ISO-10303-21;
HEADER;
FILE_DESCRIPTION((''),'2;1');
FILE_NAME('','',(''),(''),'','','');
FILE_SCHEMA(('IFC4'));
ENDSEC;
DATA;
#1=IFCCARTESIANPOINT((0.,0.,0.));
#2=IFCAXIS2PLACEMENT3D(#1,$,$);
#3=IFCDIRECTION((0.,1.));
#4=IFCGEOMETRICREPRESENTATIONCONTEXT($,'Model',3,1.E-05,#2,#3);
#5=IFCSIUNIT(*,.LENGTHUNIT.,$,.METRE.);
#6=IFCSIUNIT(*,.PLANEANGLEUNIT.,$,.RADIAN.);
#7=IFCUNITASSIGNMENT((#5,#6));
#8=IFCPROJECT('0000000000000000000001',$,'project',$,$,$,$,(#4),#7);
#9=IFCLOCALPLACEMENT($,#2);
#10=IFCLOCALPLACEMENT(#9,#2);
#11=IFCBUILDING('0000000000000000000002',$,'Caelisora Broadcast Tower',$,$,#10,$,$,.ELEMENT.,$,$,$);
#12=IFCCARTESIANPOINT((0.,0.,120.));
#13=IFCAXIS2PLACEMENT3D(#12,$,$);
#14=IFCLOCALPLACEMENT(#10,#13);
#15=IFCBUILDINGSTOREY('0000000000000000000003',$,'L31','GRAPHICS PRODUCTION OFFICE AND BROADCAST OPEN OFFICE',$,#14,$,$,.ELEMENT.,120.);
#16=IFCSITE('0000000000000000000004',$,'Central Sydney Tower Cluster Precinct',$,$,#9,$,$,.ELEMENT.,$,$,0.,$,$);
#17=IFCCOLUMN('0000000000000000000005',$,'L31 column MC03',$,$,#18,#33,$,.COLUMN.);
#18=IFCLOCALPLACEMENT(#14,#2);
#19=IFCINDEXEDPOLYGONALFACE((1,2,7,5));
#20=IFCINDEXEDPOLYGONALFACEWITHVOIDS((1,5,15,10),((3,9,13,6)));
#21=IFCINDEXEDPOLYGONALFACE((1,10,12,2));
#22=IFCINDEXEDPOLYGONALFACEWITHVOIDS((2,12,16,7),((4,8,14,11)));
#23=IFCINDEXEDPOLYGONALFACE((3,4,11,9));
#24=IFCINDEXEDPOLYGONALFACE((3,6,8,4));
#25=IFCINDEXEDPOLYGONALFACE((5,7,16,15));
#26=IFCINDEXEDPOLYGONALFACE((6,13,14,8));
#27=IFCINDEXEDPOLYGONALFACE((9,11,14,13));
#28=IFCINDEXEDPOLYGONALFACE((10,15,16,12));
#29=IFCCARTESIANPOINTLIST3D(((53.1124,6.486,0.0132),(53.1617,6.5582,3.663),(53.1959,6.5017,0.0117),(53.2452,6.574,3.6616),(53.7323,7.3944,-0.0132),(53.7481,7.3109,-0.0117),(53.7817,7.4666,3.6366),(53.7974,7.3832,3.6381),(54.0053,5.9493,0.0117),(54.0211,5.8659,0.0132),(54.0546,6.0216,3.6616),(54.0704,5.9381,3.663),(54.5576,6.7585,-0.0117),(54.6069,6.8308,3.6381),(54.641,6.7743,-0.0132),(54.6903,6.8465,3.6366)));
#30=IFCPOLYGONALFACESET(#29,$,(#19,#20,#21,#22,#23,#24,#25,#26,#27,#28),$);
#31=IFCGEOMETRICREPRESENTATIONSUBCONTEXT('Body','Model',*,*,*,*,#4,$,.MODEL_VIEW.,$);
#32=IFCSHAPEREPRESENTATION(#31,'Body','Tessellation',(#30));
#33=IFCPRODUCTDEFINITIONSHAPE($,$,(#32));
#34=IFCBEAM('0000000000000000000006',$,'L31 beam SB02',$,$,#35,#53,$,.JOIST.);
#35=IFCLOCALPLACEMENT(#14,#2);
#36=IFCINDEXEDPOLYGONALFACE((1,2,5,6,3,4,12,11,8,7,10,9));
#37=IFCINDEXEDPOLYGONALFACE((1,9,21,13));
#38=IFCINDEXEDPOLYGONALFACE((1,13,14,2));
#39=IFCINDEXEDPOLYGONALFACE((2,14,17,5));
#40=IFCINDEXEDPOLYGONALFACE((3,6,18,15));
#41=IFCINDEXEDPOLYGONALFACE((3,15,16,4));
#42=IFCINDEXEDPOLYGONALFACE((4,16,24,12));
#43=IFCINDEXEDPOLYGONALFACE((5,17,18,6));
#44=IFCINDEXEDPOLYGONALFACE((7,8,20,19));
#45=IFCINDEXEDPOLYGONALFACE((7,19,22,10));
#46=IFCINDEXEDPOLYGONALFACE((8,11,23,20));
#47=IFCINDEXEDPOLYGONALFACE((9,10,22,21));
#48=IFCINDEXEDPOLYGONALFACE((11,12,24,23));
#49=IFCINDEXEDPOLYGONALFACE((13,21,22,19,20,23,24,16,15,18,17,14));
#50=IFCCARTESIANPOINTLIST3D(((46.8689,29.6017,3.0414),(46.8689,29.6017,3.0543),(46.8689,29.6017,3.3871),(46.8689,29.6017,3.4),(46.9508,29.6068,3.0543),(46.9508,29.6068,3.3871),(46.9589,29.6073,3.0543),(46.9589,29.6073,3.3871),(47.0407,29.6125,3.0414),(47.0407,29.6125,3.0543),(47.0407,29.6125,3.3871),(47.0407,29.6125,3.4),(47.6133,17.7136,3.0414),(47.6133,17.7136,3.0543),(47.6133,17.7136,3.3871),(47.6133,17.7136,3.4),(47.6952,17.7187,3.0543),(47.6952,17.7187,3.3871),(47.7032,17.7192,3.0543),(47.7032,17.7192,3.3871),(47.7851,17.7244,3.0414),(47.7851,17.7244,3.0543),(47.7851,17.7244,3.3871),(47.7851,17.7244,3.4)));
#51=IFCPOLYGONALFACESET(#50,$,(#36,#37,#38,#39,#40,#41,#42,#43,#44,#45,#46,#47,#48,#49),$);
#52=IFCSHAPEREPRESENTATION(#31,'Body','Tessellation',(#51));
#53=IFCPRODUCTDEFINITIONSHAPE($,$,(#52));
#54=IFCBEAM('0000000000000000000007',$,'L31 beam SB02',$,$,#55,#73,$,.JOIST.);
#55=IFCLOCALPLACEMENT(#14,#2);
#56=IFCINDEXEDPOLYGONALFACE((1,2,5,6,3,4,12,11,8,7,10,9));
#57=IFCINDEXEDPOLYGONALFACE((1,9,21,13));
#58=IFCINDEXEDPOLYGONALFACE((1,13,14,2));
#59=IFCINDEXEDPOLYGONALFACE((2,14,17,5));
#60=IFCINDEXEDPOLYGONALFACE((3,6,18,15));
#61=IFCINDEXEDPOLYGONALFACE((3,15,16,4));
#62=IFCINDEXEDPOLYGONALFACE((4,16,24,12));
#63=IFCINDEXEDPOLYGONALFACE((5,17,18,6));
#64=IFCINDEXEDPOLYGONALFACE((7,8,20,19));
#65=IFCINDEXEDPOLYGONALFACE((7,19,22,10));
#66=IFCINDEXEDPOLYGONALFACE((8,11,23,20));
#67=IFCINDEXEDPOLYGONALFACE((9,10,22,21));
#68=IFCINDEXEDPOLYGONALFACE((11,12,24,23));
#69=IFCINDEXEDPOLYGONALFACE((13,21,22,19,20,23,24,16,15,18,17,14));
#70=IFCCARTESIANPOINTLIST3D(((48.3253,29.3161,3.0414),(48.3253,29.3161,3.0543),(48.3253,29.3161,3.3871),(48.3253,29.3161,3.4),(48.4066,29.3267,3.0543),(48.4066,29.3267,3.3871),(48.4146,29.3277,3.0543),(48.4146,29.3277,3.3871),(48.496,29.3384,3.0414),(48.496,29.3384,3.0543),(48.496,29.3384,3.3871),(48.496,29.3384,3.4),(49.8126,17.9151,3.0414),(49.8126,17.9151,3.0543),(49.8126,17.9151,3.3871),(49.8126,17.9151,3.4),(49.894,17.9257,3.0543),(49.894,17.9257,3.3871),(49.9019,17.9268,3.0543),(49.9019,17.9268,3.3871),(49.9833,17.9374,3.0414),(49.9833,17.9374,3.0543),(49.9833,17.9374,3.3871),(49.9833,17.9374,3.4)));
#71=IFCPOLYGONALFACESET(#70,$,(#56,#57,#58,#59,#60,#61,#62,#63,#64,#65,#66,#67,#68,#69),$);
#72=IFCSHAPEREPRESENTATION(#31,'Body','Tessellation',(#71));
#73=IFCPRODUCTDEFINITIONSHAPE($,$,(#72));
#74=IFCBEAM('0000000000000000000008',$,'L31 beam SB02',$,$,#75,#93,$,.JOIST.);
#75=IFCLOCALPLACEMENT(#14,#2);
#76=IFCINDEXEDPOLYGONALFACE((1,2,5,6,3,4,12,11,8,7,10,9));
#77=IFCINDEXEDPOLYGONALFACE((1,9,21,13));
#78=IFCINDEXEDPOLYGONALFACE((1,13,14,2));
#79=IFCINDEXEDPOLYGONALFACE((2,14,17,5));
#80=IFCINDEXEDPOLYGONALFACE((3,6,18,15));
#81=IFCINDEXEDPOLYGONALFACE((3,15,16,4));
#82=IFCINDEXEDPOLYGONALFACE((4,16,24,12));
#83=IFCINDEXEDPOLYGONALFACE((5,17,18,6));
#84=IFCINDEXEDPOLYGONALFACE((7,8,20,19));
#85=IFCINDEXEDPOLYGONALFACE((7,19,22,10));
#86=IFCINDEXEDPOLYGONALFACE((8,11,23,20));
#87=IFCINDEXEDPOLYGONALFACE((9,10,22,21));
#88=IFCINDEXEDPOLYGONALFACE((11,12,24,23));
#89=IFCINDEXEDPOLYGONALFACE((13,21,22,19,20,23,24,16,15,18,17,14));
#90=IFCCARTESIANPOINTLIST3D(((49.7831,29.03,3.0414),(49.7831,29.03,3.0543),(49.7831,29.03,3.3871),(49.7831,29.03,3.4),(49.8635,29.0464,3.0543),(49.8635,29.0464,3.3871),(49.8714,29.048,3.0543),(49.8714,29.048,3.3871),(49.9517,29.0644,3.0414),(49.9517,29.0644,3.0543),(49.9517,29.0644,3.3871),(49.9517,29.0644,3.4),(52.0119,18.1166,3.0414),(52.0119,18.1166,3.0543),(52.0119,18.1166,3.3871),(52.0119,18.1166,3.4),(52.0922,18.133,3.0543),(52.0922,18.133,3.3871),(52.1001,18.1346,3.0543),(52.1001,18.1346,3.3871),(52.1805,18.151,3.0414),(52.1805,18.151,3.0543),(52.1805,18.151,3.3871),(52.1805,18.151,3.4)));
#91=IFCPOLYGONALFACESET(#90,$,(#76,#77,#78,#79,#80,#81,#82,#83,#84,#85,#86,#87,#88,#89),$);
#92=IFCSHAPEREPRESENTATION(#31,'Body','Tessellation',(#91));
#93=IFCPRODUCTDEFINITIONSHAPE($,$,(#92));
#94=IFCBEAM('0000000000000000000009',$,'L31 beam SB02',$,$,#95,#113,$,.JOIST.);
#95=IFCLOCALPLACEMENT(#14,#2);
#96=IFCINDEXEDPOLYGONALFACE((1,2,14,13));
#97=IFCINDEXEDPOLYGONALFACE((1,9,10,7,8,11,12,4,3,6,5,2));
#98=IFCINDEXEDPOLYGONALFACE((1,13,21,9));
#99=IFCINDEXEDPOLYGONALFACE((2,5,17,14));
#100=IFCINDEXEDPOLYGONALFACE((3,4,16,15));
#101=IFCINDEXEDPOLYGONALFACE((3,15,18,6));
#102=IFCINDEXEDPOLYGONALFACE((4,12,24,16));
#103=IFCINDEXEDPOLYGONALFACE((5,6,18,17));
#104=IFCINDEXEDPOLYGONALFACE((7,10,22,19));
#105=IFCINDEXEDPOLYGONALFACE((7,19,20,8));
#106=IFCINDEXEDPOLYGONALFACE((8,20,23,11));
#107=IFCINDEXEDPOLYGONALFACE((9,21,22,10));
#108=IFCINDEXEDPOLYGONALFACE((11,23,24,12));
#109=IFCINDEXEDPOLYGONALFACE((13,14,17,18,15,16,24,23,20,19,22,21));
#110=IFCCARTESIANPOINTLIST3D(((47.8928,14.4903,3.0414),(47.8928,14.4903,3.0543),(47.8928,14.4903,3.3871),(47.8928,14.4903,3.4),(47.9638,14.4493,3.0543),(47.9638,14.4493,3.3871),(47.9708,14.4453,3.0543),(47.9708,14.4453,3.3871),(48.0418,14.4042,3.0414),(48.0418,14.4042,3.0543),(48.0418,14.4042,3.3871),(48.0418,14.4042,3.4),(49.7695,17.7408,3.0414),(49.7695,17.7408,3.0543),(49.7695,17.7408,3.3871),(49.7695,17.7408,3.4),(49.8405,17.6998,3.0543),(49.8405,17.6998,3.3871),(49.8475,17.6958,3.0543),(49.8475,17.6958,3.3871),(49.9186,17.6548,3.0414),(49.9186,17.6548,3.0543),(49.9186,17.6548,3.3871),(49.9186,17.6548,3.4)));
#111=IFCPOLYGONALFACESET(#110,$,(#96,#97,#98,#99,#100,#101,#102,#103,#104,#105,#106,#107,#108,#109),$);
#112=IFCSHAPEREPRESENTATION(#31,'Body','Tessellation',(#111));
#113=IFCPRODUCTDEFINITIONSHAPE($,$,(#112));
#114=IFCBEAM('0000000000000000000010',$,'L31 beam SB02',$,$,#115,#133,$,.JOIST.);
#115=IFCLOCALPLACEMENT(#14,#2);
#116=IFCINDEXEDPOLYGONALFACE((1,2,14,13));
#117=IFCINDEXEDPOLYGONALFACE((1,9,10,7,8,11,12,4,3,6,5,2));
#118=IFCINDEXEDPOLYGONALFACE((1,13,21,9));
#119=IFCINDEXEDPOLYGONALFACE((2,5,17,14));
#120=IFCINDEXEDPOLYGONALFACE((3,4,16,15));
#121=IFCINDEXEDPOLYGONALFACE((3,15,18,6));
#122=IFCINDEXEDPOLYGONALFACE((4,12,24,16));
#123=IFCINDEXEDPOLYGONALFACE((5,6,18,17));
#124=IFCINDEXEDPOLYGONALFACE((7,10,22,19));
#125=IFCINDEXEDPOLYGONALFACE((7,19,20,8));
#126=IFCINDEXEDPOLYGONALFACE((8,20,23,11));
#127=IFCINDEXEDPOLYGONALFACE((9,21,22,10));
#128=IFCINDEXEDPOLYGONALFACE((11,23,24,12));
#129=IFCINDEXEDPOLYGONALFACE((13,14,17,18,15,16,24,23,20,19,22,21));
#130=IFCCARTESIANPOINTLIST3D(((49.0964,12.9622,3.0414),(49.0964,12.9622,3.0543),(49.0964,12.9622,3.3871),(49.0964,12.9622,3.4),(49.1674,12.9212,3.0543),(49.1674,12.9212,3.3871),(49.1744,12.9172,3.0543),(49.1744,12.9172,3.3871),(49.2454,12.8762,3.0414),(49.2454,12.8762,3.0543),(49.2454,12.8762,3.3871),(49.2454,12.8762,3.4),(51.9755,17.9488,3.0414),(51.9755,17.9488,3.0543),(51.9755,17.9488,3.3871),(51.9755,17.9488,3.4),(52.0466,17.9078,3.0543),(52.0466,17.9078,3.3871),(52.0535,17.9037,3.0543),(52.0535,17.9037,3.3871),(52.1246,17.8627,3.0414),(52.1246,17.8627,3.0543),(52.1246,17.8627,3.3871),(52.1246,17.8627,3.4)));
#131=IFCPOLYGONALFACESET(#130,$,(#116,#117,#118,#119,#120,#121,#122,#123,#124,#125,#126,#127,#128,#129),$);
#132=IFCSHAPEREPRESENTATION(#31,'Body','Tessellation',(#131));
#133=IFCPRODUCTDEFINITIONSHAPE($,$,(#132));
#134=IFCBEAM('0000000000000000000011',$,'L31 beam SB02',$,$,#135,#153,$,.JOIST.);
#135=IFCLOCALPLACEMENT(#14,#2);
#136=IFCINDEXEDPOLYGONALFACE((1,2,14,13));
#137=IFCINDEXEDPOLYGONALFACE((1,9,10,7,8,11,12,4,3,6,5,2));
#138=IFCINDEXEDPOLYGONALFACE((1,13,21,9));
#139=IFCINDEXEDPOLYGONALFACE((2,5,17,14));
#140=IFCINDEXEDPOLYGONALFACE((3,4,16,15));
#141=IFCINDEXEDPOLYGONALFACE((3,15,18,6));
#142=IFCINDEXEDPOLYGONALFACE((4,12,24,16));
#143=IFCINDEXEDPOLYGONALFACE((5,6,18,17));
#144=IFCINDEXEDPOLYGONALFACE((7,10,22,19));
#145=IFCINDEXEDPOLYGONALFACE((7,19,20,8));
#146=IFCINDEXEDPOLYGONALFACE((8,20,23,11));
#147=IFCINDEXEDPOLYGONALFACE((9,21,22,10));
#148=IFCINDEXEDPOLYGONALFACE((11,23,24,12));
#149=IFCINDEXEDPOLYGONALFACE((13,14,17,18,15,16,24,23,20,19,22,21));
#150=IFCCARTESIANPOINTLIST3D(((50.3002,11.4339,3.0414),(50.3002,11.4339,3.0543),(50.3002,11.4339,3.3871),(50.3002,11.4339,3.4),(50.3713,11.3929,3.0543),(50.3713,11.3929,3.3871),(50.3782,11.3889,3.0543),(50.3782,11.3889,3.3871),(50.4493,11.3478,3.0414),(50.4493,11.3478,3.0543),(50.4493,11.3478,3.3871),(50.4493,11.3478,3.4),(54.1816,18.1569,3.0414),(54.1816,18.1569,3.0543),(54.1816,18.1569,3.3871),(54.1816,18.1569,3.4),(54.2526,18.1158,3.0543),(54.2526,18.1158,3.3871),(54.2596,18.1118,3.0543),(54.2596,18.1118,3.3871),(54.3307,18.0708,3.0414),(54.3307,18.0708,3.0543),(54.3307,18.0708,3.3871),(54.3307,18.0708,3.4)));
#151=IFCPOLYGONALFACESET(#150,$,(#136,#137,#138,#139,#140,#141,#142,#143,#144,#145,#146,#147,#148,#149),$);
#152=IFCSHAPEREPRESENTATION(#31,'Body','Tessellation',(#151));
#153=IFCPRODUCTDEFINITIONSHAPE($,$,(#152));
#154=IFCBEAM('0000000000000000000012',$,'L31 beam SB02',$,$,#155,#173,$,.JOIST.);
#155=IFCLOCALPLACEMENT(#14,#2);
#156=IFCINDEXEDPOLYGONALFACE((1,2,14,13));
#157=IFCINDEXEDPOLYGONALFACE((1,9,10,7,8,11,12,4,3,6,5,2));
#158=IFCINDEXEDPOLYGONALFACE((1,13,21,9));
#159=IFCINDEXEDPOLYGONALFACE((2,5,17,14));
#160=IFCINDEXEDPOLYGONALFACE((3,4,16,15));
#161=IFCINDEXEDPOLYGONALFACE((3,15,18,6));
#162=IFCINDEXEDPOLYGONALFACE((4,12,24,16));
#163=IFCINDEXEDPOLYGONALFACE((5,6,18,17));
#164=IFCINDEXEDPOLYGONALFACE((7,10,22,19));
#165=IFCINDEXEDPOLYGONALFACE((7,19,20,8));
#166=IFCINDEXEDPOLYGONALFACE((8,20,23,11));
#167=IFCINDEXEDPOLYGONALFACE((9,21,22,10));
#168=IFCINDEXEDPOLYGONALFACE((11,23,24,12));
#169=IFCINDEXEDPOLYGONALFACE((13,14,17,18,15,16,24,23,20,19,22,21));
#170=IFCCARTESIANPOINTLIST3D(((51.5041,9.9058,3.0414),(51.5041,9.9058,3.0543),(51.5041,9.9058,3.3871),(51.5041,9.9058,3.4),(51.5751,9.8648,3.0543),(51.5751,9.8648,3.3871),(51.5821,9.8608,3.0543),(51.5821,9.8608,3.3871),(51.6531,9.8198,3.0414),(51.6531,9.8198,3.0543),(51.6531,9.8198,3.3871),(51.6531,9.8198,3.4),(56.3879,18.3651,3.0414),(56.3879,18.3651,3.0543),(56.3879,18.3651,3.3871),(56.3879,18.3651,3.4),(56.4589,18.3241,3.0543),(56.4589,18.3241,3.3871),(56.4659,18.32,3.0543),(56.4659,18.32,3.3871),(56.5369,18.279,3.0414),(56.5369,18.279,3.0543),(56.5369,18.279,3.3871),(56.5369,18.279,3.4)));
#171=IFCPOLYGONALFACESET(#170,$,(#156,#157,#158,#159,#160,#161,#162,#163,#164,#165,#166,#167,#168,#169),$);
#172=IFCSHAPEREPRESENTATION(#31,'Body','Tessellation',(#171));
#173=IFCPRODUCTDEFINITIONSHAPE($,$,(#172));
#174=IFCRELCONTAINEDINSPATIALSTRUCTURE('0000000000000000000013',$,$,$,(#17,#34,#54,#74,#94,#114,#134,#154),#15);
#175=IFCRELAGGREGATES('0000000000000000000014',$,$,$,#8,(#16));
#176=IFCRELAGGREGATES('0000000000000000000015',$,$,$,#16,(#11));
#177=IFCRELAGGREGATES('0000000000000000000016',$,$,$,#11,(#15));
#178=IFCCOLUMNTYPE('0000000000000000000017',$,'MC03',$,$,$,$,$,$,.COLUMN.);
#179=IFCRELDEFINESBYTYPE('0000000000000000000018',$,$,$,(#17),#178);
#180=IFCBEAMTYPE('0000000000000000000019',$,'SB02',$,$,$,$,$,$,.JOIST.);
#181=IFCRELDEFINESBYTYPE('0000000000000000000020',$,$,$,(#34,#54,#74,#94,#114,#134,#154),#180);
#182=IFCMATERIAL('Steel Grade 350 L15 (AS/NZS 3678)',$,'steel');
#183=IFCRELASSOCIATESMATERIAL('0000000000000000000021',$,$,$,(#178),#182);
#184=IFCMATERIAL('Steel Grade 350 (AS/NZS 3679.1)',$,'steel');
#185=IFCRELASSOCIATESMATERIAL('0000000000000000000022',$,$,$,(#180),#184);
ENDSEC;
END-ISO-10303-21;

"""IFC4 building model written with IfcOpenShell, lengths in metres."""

from ifc_helpers import new_model, si_unit, direction, frame, origin, origin_2d, place, context, subcontext, project, spatial, hollow_rectangle, i_section, extrude, source, transform, mapped, material, material_profile, profile_set, type_object, type_shapes, element, save


model = new_model("IFC4")

# Units and contexts
model_context = context("Model", 3, precision=1e-05, world=origin(), true_north=direction((0.0, 1.0)))
body_context = subcontext(model_context, "Body", "Model", "MODEL_VIEW")
ifc_project = project(units=[si_unit("LENGTHUNIT", "METRE"), si_unit("PLANEANGLEUNIT", "RADIAN")], contexts=[model_context])

# Site, building, storey
site_placement = place(None, origin())
site = spatial("IfcSite", under=ifc_project, at=site_placement, Name="Central Sydney Tower Cluster Precinct", CompositionType="ELEMENT", RefElevation=0.0)
building_placement = place(site_placement, origin())
building = spatial("IfcBuilding", under=site, at=building_placement, Name="Caelisora Broadcast Tower", CompositionType="ELEMENT")
storey_placement = place(building_placement, frame((0.0, 0.0, 120.0)))
storey = spatial("IfcBuildingStorey", under=building, at=storey_placement, Name="L31", Description="GRAPHICS PRODUCTION OFFICE AND BROADCAST OPEN OFFICE", CompositionType="ELEMENT", Elevation=120.0)

# Column
ifc_material_1 = material(Name="Steel Grade 350 L15 (AS/NZS 3678)", Category="steel")
ifc_material_profile_1 = material_profile(ifc_material_1, hollow_rectangle(XDim=1.1001, YDim=1.1001, WallThickness=0.0601, at=origin_2d()), Name="Steel Grade 350 L15 (AS/NZS 3678)")
ifc_profile_set_1 = profile_set([ifc_material_profile_1], Name="Steel Grade 350 L15 (AS/NZS 3678)")
column_type = type_object("IfcColumnType", Name="MC03", PredefinedType="COLUMN", material=ifc_profile_set_1)
shared_shape_1 = source(origin(), body_context, "Body", "SweptSolid", [
    extrude(hollow_rectangle(XDim=1.1001, YDim=1.1001, WallThickness=0.0601, at=origin_2d()), origin(), (0.0, 0.0, 1.0), 3.6509),
])
type_shapes(column_type, [shared_shape_1])
column_placement = place(storey_placement, frame((53.8767, 6.6301, 0.0), z_axis=(0.013508, 0.019794, 0.999713), x_axis=(-0.825991, 0.563683, 0.0)))
element("IfcColumn", 1, at=column_placement, inside=storey, type_object=column_type, Name="L31 column MC03", PredefinedType="COLUMN", context=body_context, shape_type="MappedRepresentation", body=[
    mapped(shared_shape_1, transform((0.0, 0.0, 0.0), scale=1.0)),
])

# Beams
ifc_material_2 = material(Name="Steel Grade 350 (AS/NZS 3679.1)", Category="steel")
ifc_material_profile_2 = material_profile(ifc_material_2, i_section(OverallWidth=0.1721, OverallDepth=0.3586, WebThickness=0.0081, FlangeThickness=0.0129, at=origin_2d()), Name="Steel Grade 350 (AS/NZS 3679.1)")
ifc_profile_set_2 = profile_set([ifc_material_profile_2], Name="Steel Grade 350 (AS/NZS 3679.1)")
beam_type = type_object("IfcBeamType", Name="SB02", PredefinedType="JOIST", material=ifc_profile_set_2)
shared_shape_2 = source(origin(), body_context, "Body", "SweptSolid", [
    extrude(i_section(OverallWidth=0.1721, OverallDepth=0.3586, WebThickness=0.0081, FlangeThickness=0.0129, at=origin_2d()), origin(), (0.0, 0.0, 1.0), 11.9114),
])
beam_1_placement = place(storey_placement, frame((47.6992, 17.719, 3.2207), z_axis=(-0.062493, 0.998045, 0.0), x_axis=(-0.998045, -0.062493, 0.0)))
element("IfcBeam", 2, at=beam_1_placement, inside=storey, type_object=beam_type, Name="L31 beam SB02", PredefinedType="JOIST", context=body_context, shape_type="MappedRepresentation", body=[
    mapped(shared_shape_2, transform((0.0, 0.0, 0.0), scale=1.0)),
])
shared_shape_3 = source(origin(), body_context, "Body", "SweptSolid", [
    extrude(i_section(OverallWidth=0.1721, OverallDepth=0.3586, WebThickness=0.0081, FlangeThickness=0.0129, at=origin_2d()), origin(), (0.0, 0.0, 1.0), 11.4976),
])
beam_2_placement = place(storey_placement, frame((49.8979, 17.9263, 3.2207), z_axis=(-0.129359, 0.991598, 0.0), x_axis=(-0.991598, -0.129359, 0.0)))
element("IfcBeam", 3, at=beam_2_placement, inside=storey, type_object=beam_type, Name="L31 beam SB02", PredefinedType="JOIST", context=body_context, shape_type="MappedRepresentation", body=[
    mapped(shared_shape_3, transform((0.0, 0.0, 0.0), scale=1.0)),
])
shared_shape_4 = source(origin(), body_context, "Body", "SweptSolid", [
    extrude(i_section(OverallWidth=0.1721, OverallDepth=0.3586, WebThickness=0.0081, FlangeThickness=0.0129, at=origin_2d()), origin(), (0.0, 0.0, 1.0), 11.1387),
])
beam_3_placement = place(storey_placement, frame((52.0962, 18.1338, 3.2207), z_axis=(-0.200094, 0.979777, 0.0), x_axis=(-0.979777, -0.200094, 0.0)))
element("IfcBeam", 4, at=beam_3_placement, inside=storey, type_object=beam_type, Name="L31 beam SB02", PredefinedType="JOIST", context=body_context, shape_type="MappedRepresentation", body=[
    mapped(shared_shape_4, transform((0.0, 0.0, 0.0), scale=1.0)),
])
shared_shape_5 = source(origin(), body_context, "Body", "SweptSolid", [
    extrude(i_section(OverallWidth=0.1721, OverallDepth=0.3586, WebThickness=0.0081, FlangeThickness=0.0129, at=origin_2d()), origin(), (0.0, 0.0, 1.0), 3.7534),
])
beam_4_placement = place(storey_placement, frame((47.9673, 14.4473, 3.2207), z_axis=(0.500008, 0.866021, 0.0), x_axis=(-0.866021, 0.500008, 0.0)))
element("IfcBeam", 5, at=beam_4_placement, inside=storey, type_object=beam_type, Name="L31 beam SB02", PredefinedType="JOIST", context=body_context, shape_type="MappedRepresentation", body=[
    mapped(shared_shape_5, transform((0.0, 0.0, 0.0), scale=1.0)),
])
shared_shape_6 = source(origin(), body_context, "Body", "SweptSolid", [
    extrude(i_section(OverallWidth=0.1721, OverallDepth=0.3586, WebThickness=0.0081, FlangeThickness=0.0129, at=origin_2d()), origin(), (0.0, 0.0, 1.0), 5.7581),
])
beam_5_placement = place(storey_placement, frame((49.1709, 12.9192, 3.2207), z_axis=(0.50002, 0.866014, 0.0), x_axis=(-0.866014, 0.50002, 0.0)))
element("IfcBeam", 6, at=beam_5_placement, inside=storey, type_object=beam_type, Name="L31 beam SB02", PredefinedType="JOIST", context=body_context, shape_type="MappedRepresentation", body=[
    mapped(shared_shape_6, transform((0.0, 0.0, 0.0), scale=1.0)),
])
shared_shape_7 = source(origin(), body_context, "Body", "SweptSolid", [
    extrude(i_section(OverallWidth=0.1721, OverallDepth=0.3586, WebThickness=0.0081, FlangeThickness=0.0129, at=origin_2d()), origin(), (0.0, 0.0, 1.0), 7.7629),
])
beam_6_placement = place(storey_placement, frame((50.3748, 11.3909, 3.2207), z_axis=(0.499988, 0.866032, 0.0), x_axis=(-0.866032, 0.499988, 0.0)))
element("IfcBeam", 7, at=beam_6_placement, inside=storey, type_object=beam_type, Name="L31 beam SB02", PredefinedType="JOIST", context=body_context, shape_type="MappedRepresentation", body=[
    mapped(shared_shape_7, transform((0.0, 0.0, 0.0), scale=1.0)),
])
shared_shape_8 = source(origin(), body_context, "Body", "SweptSolid", [
    extrude(i_section(OverallWidth=0.1721, OverallDepth=0.3586, WebThickness=0.0081, FlangeThickness=0.0129, at=origin_2d()), origin(), (0.0, 0.0, 1.0), 9.7678),
])
beam_7_placement = place(storey_placement, frame((51.5786, 9.8628, 3.2207), z_axis=(0.499989, 0.866032, 0.0), x_axis=(-0.866032, 0.499989, 0.0)))
element("IfcBeam", 8, at=beam_7_placement, inside=storey, type_object=beam_type, Name="L31 beam SB02", PredefinedType="JOIST", context=body_context, shape_type="MappedRepresentation", body=[
    mapped(shared_shape_8, transform((0.0, 0.0, 0.0), scale=1.0)),
])

save(model, "model.ifc")
